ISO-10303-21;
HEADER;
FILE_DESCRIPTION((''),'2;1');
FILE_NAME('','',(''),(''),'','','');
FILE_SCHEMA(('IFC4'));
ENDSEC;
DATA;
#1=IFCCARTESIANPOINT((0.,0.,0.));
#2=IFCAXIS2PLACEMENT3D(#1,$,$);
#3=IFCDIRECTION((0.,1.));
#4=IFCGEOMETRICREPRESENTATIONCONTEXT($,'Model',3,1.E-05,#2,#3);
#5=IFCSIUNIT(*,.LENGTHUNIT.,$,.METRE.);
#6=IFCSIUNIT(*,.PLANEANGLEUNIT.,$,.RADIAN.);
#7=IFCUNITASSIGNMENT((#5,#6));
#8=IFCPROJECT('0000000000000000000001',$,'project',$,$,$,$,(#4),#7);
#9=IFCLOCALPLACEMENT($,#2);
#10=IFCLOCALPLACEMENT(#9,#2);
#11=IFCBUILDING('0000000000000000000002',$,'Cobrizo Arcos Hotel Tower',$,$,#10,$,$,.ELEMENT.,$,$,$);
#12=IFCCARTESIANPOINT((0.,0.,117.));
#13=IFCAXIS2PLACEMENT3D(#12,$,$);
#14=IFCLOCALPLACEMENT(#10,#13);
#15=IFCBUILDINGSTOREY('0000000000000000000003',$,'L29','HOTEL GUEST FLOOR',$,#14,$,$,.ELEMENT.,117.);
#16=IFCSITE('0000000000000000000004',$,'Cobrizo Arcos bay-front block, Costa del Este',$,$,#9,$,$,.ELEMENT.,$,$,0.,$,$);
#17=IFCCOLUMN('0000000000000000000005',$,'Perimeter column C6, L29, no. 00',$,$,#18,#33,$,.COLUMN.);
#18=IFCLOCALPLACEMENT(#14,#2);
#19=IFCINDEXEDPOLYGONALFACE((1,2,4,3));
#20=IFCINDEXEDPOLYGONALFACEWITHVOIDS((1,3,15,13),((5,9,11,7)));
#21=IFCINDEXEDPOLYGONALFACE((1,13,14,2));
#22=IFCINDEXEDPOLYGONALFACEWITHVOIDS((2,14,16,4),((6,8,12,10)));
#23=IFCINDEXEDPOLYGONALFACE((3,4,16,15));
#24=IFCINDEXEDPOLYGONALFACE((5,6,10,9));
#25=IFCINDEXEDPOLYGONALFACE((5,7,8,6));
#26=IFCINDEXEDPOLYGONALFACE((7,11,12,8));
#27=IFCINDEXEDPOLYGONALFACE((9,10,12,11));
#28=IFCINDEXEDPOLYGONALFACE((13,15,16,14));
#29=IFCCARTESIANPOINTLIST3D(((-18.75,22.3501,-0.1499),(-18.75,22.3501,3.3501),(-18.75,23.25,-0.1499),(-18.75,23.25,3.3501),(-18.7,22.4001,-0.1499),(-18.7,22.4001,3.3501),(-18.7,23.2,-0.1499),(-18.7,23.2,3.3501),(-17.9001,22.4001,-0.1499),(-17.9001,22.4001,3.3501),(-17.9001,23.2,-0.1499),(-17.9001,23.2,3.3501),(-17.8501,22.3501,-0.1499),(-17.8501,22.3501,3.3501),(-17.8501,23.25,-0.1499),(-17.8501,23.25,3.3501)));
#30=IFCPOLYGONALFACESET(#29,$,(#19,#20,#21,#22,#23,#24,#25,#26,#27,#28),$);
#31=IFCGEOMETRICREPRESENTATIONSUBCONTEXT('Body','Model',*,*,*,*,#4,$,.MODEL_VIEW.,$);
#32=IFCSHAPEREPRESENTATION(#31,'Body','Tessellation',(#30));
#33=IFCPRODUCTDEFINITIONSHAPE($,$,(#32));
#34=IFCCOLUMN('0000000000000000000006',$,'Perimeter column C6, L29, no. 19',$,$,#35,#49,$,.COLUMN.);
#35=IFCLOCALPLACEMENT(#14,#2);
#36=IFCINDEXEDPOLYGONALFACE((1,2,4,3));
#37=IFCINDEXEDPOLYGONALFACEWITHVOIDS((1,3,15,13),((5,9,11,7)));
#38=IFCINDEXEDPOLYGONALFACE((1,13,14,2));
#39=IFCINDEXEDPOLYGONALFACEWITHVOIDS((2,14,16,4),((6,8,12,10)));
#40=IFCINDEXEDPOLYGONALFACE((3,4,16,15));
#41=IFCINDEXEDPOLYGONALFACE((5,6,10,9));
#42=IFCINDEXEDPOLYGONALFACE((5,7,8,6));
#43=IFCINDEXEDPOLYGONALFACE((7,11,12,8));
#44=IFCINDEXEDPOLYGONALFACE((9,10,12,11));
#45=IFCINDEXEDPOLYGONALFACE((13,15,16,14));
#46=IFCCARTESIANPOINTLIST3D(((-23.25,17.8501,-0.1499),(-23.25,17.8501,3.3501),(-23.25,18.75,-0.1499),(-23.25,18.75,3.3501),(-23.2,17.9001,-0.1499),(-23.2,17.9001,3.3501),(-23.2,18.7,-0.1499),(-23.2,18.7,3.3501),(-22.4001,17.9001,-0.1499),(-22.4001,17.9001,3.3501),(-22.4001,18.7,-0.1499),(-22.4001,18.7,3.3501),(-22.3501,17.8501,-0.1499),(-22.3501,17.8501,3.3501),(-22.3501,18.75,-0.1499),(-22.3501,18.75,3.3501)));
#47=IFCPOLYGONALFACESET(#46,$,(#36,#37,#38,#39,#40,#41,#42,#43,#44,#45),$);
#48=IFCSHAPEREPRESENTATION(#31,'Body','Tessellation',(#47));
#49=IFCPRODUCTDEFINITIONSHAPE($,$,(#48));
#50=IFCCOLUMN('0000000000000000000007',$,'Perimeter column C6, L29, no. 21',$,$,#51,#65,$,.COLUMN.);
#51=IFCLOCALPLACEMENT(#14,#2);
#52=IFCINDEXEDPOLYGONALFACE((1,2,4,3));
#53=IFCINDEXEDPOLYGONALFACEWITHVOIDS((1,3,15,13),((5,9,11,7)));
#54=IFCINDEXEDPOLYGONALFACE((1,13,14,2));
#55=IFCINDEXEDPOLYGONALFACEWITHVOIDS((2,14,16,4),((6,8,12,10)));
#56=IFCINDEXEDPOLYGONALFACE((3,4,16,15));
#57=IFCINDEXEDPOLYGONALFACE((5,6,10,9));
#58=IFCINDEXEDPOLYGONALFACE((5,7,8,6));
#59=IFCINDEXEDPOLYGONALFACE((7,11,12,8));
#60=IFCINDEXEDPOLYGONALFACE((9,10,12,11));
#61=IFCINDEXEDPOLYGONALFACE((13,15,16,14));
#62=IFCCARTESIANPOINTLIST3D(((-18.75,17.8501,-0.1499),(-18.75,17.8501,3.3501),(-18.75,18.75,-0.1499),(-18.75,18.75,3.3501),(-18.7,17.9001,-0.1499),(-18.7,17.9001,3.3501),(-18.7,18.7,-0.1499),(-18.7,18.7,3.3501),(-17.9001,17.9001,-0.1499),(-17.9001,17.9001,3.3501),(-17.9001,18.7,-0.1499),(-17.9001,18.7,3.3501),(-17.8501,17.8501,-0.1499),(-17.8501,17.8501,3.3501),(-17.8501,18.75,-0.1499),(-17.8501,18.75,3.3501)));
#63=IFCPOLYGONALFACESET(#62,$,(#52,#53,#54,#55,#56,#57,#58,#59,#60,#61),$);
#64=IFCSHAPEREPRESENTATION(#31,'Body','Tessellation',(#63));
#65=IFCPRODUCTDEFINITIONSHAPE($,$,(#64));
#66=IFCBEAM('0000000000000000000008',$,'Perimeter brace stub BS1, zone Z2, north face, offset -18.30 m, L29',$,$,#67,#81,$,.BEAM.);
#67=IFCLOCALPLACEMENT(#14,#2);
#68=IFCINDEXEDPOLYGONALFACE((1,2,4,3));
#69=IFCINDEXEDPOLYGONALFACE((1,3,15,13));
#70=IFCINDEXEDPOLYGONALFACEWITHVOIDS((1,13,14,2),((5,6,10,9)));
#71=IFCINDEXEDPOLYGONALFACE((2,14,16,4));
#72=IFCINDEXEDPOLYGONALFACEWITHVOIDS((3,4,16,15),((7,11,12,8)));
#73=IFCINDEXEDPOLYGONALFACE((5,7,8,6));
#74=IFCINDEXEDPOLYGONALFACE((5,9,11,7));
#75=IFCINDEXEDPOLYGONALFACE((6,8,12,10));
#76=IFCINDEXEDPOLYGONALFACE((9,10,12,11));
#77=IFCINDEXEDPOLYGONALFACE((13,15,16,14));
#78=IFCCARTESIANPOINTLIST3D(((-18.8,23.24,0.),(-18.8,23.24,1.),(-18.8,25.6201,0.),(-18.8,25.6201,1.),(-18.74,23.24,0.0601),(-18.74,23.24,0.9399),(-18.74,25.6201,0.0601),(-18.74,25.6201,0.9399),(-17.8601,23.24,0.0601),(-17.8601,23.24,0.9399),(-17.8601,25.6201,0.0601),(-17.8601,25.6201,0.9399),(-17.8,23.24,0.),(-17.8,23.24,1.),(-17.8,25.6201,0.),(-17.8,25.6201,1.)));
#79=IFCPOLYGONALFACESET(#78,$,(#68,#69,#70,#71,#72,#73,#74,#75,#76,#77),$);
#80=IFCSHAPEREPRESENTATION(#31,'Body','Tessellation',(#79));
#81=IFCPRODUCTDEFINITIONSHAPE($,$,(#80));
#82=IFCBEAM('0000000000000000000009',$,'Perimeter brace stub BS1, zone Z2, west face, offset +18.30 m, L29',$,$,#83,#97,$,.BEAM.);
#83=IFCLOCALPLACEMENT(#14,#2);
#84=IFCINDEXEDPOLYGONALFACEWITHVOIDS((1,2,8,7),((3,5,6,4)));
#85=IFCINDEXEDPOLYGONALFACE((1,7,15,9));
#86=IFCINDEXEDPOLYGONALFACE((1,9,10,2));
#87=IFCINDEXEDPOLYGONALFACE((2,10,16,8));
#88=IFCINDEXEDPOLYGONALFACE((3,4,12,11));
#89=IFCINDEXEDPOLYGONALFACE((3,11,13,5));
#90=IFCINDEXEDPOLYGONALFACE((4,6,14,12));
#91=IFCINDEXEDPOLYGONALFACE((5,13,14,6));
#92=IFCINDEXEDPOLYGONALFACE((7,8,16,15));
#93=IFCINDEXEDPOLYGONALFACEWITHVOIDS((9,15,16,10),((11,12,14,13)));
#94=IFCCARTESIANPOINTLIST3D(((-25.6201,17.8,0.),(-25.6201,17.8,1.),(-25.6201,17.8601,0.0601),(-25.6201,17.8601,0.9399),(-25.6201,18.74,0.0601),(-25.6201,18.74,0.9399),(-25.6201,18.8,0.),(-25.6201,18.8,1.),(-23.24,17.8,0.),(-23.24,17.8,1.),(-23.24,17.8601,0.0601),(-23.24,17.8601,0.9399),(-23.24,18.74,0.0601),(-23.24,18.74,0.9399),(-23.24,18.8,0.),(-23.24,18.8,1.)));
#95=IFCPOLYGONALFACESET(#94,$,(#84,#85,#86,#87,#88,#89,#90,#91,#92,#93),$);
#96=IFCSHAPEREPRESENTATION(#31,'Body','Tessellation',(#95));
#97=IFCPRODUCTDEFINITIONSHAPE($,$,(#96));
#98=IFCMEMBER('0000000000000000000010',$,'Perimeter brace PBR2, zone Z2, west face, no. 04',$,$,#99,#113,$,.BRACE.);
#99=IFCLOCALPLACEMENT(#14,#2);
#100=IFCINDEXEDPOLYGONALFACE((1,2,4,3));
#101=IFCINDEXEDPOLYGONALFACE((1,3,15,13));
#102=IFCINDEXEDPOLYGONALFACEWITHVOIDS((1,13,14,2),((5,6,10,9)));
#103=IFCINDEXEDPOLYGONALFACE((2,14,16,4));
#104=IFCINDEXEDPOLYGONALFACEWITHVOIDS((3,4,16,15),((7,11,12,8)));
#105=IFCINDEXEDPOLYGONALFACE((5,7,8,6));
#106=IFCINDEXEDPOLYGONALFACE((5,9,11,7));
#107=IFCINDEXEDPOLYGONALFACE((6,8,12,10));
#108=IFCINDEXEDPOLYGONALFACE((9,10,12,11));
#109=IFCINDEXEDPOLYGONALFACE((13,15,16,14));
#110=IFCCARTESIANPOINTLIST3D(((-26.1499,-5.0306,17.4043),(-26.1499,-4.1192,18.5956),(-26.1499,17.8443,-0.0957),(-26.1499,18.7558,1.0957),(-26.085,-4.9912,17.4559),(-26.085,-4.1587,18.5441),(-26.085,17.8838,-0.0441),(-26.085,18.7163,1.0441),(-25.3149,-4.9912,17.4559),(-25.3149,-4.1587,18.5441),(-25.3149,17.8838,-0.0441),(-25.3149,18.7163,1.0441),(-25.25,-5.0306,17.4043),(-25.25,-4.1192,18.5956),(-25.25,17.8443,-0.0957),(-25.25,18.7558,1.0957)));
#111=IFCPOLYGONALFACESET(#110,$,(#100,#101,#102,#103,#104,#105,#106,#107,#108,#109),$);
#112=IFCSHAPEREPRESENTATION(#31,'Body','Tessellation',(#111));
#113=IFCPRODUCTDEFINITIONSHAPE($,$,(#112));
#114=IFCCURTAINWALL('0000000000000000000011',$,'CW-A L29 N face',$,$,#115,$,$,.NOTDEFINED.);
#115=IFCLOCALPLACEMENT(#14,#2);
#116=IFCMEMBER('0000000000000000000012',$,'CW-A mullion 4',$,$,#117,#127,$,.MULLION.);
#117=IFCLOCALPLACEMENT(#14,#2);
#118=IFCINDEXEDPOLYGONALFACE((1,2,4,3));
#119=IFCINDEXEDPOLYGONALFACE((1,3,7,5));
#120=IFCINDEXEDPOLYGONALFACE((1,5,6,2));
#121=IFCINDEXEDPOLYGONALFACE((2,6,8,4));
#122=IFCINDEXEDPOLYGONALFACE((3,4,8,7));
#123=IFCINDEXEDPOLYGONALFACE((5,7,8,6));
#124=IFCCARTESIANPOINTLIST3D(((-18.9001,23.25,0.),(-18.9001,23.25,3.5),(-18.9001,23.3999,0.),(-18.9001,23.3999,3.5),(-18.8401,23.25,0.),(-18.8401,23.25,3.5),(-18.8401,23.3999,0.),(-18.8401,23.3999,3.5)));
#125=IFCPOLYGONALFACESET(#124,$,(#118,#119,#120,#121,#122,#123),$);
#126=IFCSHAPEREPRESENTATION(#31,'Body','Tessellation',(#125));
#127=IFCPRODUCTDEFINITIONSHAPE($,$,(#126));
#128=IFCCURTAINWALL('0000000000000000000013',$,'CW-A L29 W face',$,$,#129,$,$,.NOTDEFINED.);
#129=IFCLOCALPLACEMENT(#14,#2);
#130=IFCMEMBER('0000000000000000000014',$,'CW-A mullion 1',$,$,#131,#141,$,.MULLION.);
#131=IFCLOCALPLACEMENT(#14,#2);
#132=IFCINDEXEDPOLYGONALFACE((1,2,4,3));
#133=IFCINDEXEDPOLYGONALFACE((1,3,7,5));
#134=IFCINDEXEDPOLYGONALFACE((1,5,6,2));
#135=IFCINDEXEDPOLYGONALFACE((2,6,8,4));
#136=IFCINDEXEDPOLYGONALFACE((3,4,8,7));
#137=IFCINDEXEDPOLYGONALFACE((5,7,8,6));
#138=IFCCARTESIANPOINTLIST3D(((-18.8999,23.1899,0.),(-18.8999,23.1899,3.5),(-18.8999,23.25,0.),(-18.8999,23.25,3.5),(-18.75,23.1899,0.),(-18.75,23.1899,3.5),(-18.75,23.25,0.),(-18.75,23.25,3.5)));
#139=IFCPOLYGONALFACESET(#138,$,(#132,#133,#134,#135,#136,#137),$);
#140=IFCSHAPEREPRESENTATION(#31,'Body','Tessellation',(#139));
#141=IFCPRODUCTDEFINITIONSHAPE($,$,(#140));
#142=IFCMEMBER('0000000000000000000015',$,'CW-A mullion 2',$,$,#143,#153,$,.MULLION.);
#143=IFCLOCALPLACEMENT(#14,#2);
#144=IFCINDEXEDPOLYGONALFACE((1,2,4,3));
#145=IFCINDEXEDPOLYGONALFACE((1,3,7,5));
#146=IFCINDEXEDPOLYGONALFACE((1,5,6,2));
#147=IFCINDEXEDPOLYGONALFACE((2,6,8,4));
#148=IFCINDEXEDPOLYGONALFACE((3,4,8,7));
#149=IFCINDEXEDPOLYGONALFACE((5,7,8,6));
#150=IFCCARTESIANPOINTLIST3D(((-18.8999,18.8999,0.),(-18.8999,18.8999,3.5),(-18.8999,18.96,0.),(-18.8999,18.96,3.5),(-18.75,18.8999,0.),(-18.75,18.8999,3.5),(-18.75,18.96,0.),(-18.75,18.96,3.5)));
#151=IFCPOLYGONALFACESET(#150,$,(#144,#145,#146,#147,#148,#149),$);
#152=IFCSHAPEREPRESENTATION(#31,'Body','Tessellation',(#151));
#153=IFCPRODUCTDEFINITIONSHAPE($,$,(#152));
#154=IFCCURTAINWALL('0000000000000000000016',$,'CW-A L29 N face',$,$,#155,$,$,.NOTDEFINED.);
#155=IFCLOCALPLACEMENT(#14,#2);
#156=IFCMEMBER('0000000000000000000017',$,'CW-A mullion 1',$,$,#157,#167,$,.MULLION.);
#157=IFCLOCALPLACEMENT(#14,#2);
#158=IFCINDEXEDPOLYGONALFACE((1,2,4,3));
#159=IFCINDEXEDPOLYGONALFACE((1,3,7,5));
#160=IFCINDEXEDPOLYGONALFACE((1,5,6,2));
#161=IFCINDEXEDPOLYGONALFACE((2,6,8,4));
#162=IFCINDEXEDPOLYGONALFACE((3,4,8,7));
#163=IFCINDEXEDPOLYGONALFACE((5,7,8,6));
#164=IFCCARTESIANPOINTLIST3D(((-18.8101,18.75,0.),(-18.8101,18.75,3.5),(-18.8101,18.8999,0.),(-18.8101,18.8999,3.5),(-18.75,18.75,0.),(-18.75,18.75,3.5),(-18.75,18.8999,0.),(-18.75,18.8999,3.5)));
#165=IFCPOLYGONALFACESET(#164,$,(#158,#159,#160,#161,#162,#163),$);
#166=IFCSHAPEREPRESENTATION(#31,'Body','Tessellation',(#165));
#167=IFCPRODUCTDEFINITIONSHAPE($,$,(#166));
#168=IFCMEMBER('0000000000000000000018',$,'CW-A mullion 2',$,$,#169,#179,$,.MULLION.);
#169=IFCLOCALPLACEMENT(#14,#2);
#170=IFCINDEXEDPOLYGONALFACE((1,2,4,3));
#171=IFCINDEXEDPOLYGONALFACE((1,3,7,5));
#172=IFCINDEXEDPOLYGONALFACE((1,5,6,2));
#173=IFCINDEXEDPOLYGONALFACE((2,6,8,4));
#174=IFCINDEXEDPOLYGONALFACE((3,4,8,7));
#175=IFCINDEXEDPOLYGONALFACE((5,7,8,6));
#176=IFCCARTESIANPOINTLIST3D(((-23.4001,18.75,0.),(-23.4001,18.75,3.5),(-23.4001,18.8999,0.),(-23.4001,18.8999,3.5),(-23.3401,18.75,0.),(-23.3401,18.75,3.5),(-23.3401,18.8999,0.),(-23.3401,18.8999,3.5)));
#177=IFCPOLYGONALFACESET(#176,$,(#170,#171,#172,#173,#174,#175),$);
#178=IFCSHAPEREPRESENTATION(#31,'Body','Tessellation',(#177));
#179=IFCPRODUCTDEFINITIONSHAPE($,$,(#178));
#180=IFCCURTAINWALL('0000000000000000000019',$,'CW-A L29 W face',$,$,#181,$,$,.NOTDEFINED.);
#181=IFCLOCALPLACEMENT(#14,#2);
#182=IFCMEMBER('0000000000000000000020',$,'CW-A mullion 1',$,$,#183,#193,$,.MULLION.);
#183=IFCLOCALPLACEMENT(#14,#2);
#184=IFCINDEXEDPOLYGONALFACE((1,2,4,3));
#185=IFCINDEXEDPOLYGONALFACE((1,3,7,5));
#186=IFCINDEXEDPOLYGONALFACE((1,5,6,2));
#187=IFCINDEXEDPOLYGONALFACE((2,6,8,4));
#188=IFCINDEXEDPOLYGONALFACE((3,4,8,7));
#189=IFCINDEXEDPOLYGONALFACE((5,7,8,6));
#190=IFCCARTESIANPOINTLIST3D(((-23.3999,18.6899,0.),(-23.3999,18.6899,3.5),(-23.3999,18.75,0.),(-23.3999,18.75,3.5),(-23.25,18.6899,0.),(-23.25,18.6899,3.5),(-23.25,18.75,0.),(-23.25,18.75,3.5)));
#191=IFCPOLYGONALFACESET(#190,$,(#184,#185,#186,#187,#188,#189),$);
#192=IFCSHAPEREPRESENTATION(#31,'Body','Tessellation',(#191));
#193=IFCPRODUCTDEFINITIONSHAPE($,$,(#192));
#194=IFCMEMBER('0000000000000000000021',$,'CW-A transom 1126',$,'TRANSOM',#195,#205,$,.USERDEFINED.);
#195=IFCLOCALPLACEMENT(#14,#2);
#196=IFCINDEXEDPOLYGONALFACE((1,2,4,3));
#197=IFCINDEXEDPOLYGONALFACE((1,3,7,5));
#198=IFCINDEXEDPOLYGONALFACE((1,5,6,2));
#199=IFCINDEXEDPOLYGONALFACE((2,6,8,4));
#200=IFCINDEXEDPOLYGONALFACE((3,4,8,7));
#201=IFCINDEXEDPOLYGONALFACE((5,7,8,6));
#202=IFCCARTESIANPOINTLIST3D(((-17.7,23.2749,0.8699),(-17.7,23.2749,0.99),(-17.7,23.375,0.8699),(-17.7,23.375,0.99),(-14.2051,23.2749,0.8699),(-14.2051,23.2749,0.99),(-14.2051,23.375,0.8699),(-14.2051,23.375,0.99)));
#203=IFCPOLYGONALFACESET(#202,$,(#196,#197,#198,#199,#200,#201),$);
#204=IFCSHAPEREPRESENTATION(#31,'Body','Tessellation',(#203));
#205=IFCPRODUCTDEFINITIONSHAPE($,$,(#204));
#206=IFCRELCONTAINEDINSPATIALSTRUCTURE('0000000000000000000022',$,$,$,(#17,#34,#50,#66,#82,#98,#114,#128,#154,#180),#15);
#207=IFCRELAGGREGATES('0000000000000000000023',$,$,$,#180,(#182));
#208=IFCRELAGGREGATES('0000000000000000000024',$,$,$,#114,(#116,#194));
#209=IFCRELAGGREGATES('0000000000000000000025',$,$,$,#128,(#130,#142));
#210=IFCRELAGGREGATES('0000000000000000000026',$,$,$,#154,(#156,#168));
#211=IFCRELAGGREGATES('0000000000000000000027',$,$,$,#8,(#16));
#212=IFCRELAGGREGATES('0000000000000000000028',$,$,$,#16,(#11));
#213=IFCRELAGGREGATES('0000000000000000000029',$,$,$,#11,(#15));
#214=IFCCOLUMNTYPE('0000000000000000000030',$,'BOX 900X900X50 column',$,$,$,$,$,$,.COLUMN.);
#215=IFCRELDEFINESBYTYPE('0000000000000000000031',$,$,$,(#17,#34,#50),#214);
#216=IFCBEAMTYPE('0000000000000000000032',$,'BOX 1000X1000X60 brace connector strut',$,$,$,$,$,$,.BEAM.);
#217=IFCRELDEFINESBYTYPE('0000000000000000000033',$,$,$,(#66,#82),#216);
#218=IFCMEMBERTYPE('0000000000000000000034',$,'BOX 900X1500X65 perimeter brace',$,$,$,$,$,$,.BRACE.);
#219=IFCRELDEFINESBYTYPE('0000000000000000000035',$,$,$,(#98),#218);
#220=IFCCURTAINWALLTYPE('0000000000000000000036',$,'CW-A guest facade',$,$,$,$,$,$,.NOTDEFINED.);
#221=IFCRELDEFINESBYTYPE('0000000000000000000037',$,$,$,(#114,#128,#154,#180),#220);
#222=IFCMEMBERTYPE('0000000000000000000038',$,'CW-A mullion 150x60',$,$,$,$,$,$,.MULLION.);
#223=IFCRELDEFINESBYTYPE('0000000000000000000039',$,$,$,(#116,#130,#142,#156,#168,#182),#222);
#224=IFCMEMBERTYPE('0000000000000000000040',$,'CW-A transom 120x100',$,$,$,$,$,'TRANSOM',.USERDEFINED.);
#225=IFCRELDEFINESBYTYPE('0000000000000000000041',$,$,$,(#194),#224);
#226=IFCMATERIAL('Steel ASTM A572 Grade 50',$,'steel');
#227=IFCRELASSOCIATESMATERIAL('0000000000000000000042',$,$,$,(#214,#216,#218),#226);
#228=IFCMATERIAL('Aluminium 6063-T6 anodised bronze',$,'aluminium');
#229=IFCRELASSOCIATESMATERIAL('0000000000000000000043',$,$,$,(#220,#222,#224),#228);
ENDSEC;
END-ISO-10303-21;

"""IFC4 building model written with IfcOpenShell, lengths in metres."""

from ifc_helpers import new_model, si_unit, direction, frame, origin, origin_2d, place, context, subcontext, project, spatial, rectangle, hollow_rectangle, extrude, material, material_profile, profile_set, type_object, element, aggregate, save


model = new_model("IFC4")

# Units and contexts
model_context = context("Model", 3, precision=1e-05, world=origin(), true_north=direction((0.0, 1.0)))
body_context = subcontext(model_context, "Body", "Model", "MODEL_VIEW")
ifc_project = project(units=[si_unit("LENGTHUNIT", "METRE"), si_unit("PLANEANGLEUNIT", "RADIAN")], contexts=[model_context])

# Site, building, storey
site_placement = place(None, origin())
site = spatial("IfcSite", under=ifc_project, at=site_placement, Name="Cobrizo Arcos bay-front block, Costa del Este", CompositionType="ELEMENT", RefElevation=0.0)
building_placement = place(site_placement, origin())
building = spatial("IfcBuilding", under=site, at=building_placement, Name="Cobrizo Arcos Hotel Tower", CompositionType="ELEMENT")
storey_placement = place(building_placement, frame((0.0, 0.0, 117.0)))
storey = spatial("IfcBuildingStorey", under=building, at=storey_placement, Name="L29", Description="HOTEL GUEST FLOOR", CompositionType="ELEMENT", Elevation=117.0)

# Columns
ifc_material_1 = material(Name="Steel ASTM A572 Grade 50", Category="steel")
ifc_material_profile_1 = material_profile(ifc_material_1, hollow_rectangle(XDim=0.8999, YDim=0.8999, WallThickness=0.05, at=origin_2d()), Name="BOX 900X900X50")
ifc_profile_set_1 = profile_set([ifc_material_profile_1], Name="Steel ASTM A572 Grade 50")
column_type = type_object("IfcColumnType", Name="BOX 900X900X50 column", PredefinedType="COLUMN", material=ifc_profile_set_1)
for number, where, z_axis, x_axis, name in (
    (1, (-18.3, 22.8, -0.1499), (0.0, 0.0, 1.0), (1.0, 0.0, 0.0), "Perimeter column C6, L29, no. 00"),
    (2, (-22.8, 18.3, -0.1499), (0.0, 0.0, 1.0), (1.0, 0.0, 0.0), "Perimeter column C6, L29, no. 19"),
    (3, (-18.3, 18.3, -0.1499), (0.0, 0.0, 1.0), (1.0, 0.0, 0.0), "Perimeter column C6, L29, no. 21"),
):
    element("IfcColumn", number, at=place(storey_placement, frame(where, z_axis=z_axis, x_axis=x_axis)), inside=storey, type_object=column_type, Name=name, PredefinedType="COLUMN", context=body_context, shape_type="SweptSolid", body=[
        extrude(hollow_rectangle(XDim=0.8999, YDim=0.8999, WallThickness=0.05, at=origin_2d()), origin(), (0.0, 0.0, 1.0), 3.5),
    ])

# Beams
ifc_material_profile_2 = material_profile(ifc_material_1, hollow_rectangle(XDim=1.0, YDim=1.0, WallThickness=0.0601, at=origin_2d()), Name="BOX 1000X1000X60")
ifc_profile_set_2 = profile_set([ifc_material_profile_2], Name="Steel ASTM A572 Grade 50")
beam_type_1 = type_object("IfcBeamType", Name="BOX 1000X1000X60 brace connector strut", PredefinedType="BEAM", material=ifc_profile_set_2)
for number, where, z_axis, x_axis, name in (
    (4, (-18.3, 23.24, 0.5), (0.0, 1.0, 0.0), (-1.0, 0.0, 0.0), "Perimeter brace stub BS1, zone Z2, north face, offset -18.30 m, L29"),
    (5, (-23.24, 18.3, 0.5), (-1.0, 0.0, 0.0), (0.0, -1.0, 0.0), "Perimeter brace stub BS1, zone Z2, west face, offset +18.30 m, L29"),
):
    element("IfcBeam", number, at=place(storey_placement, frame(where, z_axis=z_axis, x_axis=x_axis)), inside=storey, type_object=beam_type_1, Name=name, PredefinedType="BEAM", context=body_context, shape_type="SweptSolid", body=[
        extrude(hollow_rectangle(XDim=1.0, YDim=1.0, WallThickness=0.0601, at=origin_2d()), origin(), (0.0, 0.0, 1.0), 2.3801),
    ])

# Member
ifc_material_profile_3 = material_profile(ifc_material_1, hollow_rectangle(XDim=0.8999, YDim=1.5, WallThickness=0.0649, at=origin_2d()), Name="BOX 900X1500X65")
ifc_profile_set_3 = profile_set([ifc_material_profile_3], Name="Steel ASTM A572 Grade 50")
member_type_1 = type_object("IfcMemberType", Name="BOX 900X1500X65 perimeter brace", PredefinedType="BRACE", material=ifc_profile_set_3)
member_1_placement = place(storey_placement, frame((-25.7, 18.3, 0.5), z_axis=(0.0, -0.794235, 0.607611), x_axis=(1.0, 0.0, 0.0)))
element("IfcMember", 6, at=member_1_placement, inside=storey, type_object=member_type_1, Name="Perimeter brace PBR2, zone Z2, west face, no. 04", PredefinedType="BRACE", context=body_context, shape_type="SweptSolid", body=[
    extrude(hollow_rectangle(XDim=0.8999, YDim=1.5, WallThickness=0.0649, at=origin_2d()), origin(), (0.0, 0.0, 1.0), 28.8013),
])

# Curtain wall, member
ifc_material_2 = material(Name="Aluminium 6063-T6 anodised bronze", Category="aluminium")
curtain_wall_type = type_object("IfcCurtainWallType", Name="CW-A guest facade", PredefinedType="NOTDEFINED", material=ifc_material_2)
curtain_wall_1_placement = place(storey_placement, origin())
curtain_wall_1 = element("IfcCurtainWall", 7, at=curtain_wall_1_placement, inside=storey, type_object=curtain_wall_type, Name="CW-A L29 N face", PredefinedType="NOTDEFINED")
ifc_material_profile_4 = material_profile(ifc_material_2, rectangle(XDim=0.1499, YDim=0.0601, at=origin_2d()), Name="CW-A mullion 150x60")
ifc_profile_set_4 = profile_set([ifc_material_profile_4], Name="Aluminium 6063-T6 anodised bronze")
member_type_2 = type_object("IfcMemberType", Name="CW-A mullion 150x60", PredefinedType="MULLION", material=ifc_profile_set_4)
member_2_placement = place(storey_placement, frame((-18.8701, 23.325, 0.0), z_axis=(0.0, 0.0, 1.0), x_axis=(0.0, 1.0, 0.0)))
member_2 = element("IfcMember", 8, at=member_2_placement, type_object=member_type_2, Name="CW-A mullion 4", PredefinedType="MULLION", context=body_context, shape_type="SweptSolid", body=[
    extrude(rectangle(XDim=0.1499, YDim=0.0601, at=origin_2d()), origin(), (0.0, 0.0, 1.0), 3.5),
])

# Curtain walls, members
curtain_wall_2_placement = place(storey_placement, origin())
curtain_wall_2 = element("IfcCurtainWall", 9, at=curtain_wall_2_placement, inside=storey, type_object=curtain_wall_type, Name="CW-A L29 W face", PredefinedType="NOTDEFINED")
member_3_placement = place(storey_placement, frame((-18.825, 23.22, 0.0), z_axis=(0.0, 0.0, 1.0), x_axis=(-1.0, 0.0, 0.0)))
member_3 = element("IfcMember", 10, at=member_3_placement, type_object=member_type_2, Name="CW-A mullion 1", PredefinedType="MULLION", context=body_context, shape_type="SweptSolid", body=[
    extrude(rectangle(XDim=0.1499, YDim=0.0601, at=origin_2d()), origin(), (0.0, 0.0, 1.0), 3.5),
])
member_4_placement = place(storey_placement, frame((-18.825, 18.9299, 0.0), z_axis=(0.0, 0.0, 1.0), x_axis=(-1.0, 0.0, 0.0)))
member_4 = element("IfcMember", 11, at=member_4_placement, type_object=member_type_2, Name="CW-A mullion 2", PredefinedType="MULLION", context=body_context, shape_type="SweptSolid", body=[
    extrude(rectangle(XDim=0.1499, YDim=0.0601, at=origin_2d()), origin(), (0.0, 0.0, 1.0), 3.5),
])
curtain_wall_3_placement = place(storey_placement, origin())
curtain_wall_3 = element("IfcCurtainWall", 12, at=curtain_wall_3_placement, inside=storey, type_object=curtain_wall_type, Name="CW-A L29 N face", PredefinedType="NOTDEFINED")
member_5_placement = place(storey_placement, frame((-18.78, 18.825, 0.0), z_axis=(0.0, 0.0, 1.0), x_axis=(0.0, 1.0, 0.0)))
member_5 = element("IfcMember", 13, at=member_5_placement, type_object=member_type_2, Name="CW-A mullion 1", PredefinedType="MULLION", context=body_context, shape_type="SweptSolid", body=[
    extrude(rectangle(XDim=0.1499, YDim=0.0601, at=origin_2d()), origin(), (0.0, 0.0, 1.0), 3.5),
])
member_6_placement = place(storey_placement, frame((-23.3701, 18.825, 0.0), z_axis=(0.0, 0.0, 1.0), x_axis=(0.0, 1.0, 0.0)))
member_6 = element("IfcMember", 14, at=member_6_placement, type_object=member_type_2, Name="CW-A mullion 2", PredefinedType="MULLION", context=body_context, shape_type="SweptSolid", body=[
    extrude(rectangle(XDim=0.1499, YDim=0.0601, at=origin_2d()), origin(), (0.0, 0.0, 1.0), 3.5),
])

# Curtain wall, member
curtain_wall_4_placement = place(storey_placement, origin())
curtain_wall_4 = element("IfcCurtainWall", 15, at=curtain_wall_4_placement, inside=storey, type_object=curtain_wall_type, Name="CW-A L29 W face", PredefinedType="NOTDEFINED")
member_7_placement = place(storey_placement, frame((-23.325, 18.72, 0.0), z_axis=(0.0, 0.0, 1.0), x_axis=(-1.0, 0.0, 0.0)))
member_7 = element("IfcMember", 16, at=member_7_placement, type_object=member_type_2, Name="CW-A mullion 1", PredefinedType="MULLION", context=body_context, shape_type="SweptSolid", body=[
    extrude(rectangle(XDim=0.1499, YDim=0.0601, at=origin_2d()), origin(), (0.0, 0.0, 1.0), 3.5),
])

# Member
ifc_material_profile_5 = material_profile(ifc_material_2, rectangle(XDim=0.1001, YDim=0.1201, at=origin_2d()), Name="CW-A transom 120x100")
ifc_profile_set_5 = profile_set([ifc_material_profile_5], Name="Aluminium 6063-T6 anodised bronze")
member_type_3 = type_object("IfcMemberType", Name="CW-A transom 120x100", ElementType="TRANSOM", PredefinedType="USERDEFINED", material=ifc_profile_set_5)
member_8_placement = place(storey_placement, frame((-14.2051, 23.325, 0.9299), z_axis=(-1.0, 0.0, 0.0), x_axis=(0.0, -1.0, 0.0)))
member_8 = element("IfcMember", 17, at=member_8_placement, type_object=member_type_3, Name="CW-A transom 1126", ObjectType="TRANSOM", PredefinedType="USERDEFINED", context=body_context, shape_type="SweptSolid", body=[
    extrude(rectangle(XDim=0.1001, YDim=0.1201, at=origin_2d()), origin(), (0.0, 0.0, 1.0), 3.4949),
])

aggregate(curtain_wall_4, [member_7])
aggregate(curtain_wall_1, [member_2, member_8])
aggregate(curtain_wall_2, [member_3, member_4])
aggregate(curtain_wall_3, [member_5, member_6])

save(model, "model.ifc")
